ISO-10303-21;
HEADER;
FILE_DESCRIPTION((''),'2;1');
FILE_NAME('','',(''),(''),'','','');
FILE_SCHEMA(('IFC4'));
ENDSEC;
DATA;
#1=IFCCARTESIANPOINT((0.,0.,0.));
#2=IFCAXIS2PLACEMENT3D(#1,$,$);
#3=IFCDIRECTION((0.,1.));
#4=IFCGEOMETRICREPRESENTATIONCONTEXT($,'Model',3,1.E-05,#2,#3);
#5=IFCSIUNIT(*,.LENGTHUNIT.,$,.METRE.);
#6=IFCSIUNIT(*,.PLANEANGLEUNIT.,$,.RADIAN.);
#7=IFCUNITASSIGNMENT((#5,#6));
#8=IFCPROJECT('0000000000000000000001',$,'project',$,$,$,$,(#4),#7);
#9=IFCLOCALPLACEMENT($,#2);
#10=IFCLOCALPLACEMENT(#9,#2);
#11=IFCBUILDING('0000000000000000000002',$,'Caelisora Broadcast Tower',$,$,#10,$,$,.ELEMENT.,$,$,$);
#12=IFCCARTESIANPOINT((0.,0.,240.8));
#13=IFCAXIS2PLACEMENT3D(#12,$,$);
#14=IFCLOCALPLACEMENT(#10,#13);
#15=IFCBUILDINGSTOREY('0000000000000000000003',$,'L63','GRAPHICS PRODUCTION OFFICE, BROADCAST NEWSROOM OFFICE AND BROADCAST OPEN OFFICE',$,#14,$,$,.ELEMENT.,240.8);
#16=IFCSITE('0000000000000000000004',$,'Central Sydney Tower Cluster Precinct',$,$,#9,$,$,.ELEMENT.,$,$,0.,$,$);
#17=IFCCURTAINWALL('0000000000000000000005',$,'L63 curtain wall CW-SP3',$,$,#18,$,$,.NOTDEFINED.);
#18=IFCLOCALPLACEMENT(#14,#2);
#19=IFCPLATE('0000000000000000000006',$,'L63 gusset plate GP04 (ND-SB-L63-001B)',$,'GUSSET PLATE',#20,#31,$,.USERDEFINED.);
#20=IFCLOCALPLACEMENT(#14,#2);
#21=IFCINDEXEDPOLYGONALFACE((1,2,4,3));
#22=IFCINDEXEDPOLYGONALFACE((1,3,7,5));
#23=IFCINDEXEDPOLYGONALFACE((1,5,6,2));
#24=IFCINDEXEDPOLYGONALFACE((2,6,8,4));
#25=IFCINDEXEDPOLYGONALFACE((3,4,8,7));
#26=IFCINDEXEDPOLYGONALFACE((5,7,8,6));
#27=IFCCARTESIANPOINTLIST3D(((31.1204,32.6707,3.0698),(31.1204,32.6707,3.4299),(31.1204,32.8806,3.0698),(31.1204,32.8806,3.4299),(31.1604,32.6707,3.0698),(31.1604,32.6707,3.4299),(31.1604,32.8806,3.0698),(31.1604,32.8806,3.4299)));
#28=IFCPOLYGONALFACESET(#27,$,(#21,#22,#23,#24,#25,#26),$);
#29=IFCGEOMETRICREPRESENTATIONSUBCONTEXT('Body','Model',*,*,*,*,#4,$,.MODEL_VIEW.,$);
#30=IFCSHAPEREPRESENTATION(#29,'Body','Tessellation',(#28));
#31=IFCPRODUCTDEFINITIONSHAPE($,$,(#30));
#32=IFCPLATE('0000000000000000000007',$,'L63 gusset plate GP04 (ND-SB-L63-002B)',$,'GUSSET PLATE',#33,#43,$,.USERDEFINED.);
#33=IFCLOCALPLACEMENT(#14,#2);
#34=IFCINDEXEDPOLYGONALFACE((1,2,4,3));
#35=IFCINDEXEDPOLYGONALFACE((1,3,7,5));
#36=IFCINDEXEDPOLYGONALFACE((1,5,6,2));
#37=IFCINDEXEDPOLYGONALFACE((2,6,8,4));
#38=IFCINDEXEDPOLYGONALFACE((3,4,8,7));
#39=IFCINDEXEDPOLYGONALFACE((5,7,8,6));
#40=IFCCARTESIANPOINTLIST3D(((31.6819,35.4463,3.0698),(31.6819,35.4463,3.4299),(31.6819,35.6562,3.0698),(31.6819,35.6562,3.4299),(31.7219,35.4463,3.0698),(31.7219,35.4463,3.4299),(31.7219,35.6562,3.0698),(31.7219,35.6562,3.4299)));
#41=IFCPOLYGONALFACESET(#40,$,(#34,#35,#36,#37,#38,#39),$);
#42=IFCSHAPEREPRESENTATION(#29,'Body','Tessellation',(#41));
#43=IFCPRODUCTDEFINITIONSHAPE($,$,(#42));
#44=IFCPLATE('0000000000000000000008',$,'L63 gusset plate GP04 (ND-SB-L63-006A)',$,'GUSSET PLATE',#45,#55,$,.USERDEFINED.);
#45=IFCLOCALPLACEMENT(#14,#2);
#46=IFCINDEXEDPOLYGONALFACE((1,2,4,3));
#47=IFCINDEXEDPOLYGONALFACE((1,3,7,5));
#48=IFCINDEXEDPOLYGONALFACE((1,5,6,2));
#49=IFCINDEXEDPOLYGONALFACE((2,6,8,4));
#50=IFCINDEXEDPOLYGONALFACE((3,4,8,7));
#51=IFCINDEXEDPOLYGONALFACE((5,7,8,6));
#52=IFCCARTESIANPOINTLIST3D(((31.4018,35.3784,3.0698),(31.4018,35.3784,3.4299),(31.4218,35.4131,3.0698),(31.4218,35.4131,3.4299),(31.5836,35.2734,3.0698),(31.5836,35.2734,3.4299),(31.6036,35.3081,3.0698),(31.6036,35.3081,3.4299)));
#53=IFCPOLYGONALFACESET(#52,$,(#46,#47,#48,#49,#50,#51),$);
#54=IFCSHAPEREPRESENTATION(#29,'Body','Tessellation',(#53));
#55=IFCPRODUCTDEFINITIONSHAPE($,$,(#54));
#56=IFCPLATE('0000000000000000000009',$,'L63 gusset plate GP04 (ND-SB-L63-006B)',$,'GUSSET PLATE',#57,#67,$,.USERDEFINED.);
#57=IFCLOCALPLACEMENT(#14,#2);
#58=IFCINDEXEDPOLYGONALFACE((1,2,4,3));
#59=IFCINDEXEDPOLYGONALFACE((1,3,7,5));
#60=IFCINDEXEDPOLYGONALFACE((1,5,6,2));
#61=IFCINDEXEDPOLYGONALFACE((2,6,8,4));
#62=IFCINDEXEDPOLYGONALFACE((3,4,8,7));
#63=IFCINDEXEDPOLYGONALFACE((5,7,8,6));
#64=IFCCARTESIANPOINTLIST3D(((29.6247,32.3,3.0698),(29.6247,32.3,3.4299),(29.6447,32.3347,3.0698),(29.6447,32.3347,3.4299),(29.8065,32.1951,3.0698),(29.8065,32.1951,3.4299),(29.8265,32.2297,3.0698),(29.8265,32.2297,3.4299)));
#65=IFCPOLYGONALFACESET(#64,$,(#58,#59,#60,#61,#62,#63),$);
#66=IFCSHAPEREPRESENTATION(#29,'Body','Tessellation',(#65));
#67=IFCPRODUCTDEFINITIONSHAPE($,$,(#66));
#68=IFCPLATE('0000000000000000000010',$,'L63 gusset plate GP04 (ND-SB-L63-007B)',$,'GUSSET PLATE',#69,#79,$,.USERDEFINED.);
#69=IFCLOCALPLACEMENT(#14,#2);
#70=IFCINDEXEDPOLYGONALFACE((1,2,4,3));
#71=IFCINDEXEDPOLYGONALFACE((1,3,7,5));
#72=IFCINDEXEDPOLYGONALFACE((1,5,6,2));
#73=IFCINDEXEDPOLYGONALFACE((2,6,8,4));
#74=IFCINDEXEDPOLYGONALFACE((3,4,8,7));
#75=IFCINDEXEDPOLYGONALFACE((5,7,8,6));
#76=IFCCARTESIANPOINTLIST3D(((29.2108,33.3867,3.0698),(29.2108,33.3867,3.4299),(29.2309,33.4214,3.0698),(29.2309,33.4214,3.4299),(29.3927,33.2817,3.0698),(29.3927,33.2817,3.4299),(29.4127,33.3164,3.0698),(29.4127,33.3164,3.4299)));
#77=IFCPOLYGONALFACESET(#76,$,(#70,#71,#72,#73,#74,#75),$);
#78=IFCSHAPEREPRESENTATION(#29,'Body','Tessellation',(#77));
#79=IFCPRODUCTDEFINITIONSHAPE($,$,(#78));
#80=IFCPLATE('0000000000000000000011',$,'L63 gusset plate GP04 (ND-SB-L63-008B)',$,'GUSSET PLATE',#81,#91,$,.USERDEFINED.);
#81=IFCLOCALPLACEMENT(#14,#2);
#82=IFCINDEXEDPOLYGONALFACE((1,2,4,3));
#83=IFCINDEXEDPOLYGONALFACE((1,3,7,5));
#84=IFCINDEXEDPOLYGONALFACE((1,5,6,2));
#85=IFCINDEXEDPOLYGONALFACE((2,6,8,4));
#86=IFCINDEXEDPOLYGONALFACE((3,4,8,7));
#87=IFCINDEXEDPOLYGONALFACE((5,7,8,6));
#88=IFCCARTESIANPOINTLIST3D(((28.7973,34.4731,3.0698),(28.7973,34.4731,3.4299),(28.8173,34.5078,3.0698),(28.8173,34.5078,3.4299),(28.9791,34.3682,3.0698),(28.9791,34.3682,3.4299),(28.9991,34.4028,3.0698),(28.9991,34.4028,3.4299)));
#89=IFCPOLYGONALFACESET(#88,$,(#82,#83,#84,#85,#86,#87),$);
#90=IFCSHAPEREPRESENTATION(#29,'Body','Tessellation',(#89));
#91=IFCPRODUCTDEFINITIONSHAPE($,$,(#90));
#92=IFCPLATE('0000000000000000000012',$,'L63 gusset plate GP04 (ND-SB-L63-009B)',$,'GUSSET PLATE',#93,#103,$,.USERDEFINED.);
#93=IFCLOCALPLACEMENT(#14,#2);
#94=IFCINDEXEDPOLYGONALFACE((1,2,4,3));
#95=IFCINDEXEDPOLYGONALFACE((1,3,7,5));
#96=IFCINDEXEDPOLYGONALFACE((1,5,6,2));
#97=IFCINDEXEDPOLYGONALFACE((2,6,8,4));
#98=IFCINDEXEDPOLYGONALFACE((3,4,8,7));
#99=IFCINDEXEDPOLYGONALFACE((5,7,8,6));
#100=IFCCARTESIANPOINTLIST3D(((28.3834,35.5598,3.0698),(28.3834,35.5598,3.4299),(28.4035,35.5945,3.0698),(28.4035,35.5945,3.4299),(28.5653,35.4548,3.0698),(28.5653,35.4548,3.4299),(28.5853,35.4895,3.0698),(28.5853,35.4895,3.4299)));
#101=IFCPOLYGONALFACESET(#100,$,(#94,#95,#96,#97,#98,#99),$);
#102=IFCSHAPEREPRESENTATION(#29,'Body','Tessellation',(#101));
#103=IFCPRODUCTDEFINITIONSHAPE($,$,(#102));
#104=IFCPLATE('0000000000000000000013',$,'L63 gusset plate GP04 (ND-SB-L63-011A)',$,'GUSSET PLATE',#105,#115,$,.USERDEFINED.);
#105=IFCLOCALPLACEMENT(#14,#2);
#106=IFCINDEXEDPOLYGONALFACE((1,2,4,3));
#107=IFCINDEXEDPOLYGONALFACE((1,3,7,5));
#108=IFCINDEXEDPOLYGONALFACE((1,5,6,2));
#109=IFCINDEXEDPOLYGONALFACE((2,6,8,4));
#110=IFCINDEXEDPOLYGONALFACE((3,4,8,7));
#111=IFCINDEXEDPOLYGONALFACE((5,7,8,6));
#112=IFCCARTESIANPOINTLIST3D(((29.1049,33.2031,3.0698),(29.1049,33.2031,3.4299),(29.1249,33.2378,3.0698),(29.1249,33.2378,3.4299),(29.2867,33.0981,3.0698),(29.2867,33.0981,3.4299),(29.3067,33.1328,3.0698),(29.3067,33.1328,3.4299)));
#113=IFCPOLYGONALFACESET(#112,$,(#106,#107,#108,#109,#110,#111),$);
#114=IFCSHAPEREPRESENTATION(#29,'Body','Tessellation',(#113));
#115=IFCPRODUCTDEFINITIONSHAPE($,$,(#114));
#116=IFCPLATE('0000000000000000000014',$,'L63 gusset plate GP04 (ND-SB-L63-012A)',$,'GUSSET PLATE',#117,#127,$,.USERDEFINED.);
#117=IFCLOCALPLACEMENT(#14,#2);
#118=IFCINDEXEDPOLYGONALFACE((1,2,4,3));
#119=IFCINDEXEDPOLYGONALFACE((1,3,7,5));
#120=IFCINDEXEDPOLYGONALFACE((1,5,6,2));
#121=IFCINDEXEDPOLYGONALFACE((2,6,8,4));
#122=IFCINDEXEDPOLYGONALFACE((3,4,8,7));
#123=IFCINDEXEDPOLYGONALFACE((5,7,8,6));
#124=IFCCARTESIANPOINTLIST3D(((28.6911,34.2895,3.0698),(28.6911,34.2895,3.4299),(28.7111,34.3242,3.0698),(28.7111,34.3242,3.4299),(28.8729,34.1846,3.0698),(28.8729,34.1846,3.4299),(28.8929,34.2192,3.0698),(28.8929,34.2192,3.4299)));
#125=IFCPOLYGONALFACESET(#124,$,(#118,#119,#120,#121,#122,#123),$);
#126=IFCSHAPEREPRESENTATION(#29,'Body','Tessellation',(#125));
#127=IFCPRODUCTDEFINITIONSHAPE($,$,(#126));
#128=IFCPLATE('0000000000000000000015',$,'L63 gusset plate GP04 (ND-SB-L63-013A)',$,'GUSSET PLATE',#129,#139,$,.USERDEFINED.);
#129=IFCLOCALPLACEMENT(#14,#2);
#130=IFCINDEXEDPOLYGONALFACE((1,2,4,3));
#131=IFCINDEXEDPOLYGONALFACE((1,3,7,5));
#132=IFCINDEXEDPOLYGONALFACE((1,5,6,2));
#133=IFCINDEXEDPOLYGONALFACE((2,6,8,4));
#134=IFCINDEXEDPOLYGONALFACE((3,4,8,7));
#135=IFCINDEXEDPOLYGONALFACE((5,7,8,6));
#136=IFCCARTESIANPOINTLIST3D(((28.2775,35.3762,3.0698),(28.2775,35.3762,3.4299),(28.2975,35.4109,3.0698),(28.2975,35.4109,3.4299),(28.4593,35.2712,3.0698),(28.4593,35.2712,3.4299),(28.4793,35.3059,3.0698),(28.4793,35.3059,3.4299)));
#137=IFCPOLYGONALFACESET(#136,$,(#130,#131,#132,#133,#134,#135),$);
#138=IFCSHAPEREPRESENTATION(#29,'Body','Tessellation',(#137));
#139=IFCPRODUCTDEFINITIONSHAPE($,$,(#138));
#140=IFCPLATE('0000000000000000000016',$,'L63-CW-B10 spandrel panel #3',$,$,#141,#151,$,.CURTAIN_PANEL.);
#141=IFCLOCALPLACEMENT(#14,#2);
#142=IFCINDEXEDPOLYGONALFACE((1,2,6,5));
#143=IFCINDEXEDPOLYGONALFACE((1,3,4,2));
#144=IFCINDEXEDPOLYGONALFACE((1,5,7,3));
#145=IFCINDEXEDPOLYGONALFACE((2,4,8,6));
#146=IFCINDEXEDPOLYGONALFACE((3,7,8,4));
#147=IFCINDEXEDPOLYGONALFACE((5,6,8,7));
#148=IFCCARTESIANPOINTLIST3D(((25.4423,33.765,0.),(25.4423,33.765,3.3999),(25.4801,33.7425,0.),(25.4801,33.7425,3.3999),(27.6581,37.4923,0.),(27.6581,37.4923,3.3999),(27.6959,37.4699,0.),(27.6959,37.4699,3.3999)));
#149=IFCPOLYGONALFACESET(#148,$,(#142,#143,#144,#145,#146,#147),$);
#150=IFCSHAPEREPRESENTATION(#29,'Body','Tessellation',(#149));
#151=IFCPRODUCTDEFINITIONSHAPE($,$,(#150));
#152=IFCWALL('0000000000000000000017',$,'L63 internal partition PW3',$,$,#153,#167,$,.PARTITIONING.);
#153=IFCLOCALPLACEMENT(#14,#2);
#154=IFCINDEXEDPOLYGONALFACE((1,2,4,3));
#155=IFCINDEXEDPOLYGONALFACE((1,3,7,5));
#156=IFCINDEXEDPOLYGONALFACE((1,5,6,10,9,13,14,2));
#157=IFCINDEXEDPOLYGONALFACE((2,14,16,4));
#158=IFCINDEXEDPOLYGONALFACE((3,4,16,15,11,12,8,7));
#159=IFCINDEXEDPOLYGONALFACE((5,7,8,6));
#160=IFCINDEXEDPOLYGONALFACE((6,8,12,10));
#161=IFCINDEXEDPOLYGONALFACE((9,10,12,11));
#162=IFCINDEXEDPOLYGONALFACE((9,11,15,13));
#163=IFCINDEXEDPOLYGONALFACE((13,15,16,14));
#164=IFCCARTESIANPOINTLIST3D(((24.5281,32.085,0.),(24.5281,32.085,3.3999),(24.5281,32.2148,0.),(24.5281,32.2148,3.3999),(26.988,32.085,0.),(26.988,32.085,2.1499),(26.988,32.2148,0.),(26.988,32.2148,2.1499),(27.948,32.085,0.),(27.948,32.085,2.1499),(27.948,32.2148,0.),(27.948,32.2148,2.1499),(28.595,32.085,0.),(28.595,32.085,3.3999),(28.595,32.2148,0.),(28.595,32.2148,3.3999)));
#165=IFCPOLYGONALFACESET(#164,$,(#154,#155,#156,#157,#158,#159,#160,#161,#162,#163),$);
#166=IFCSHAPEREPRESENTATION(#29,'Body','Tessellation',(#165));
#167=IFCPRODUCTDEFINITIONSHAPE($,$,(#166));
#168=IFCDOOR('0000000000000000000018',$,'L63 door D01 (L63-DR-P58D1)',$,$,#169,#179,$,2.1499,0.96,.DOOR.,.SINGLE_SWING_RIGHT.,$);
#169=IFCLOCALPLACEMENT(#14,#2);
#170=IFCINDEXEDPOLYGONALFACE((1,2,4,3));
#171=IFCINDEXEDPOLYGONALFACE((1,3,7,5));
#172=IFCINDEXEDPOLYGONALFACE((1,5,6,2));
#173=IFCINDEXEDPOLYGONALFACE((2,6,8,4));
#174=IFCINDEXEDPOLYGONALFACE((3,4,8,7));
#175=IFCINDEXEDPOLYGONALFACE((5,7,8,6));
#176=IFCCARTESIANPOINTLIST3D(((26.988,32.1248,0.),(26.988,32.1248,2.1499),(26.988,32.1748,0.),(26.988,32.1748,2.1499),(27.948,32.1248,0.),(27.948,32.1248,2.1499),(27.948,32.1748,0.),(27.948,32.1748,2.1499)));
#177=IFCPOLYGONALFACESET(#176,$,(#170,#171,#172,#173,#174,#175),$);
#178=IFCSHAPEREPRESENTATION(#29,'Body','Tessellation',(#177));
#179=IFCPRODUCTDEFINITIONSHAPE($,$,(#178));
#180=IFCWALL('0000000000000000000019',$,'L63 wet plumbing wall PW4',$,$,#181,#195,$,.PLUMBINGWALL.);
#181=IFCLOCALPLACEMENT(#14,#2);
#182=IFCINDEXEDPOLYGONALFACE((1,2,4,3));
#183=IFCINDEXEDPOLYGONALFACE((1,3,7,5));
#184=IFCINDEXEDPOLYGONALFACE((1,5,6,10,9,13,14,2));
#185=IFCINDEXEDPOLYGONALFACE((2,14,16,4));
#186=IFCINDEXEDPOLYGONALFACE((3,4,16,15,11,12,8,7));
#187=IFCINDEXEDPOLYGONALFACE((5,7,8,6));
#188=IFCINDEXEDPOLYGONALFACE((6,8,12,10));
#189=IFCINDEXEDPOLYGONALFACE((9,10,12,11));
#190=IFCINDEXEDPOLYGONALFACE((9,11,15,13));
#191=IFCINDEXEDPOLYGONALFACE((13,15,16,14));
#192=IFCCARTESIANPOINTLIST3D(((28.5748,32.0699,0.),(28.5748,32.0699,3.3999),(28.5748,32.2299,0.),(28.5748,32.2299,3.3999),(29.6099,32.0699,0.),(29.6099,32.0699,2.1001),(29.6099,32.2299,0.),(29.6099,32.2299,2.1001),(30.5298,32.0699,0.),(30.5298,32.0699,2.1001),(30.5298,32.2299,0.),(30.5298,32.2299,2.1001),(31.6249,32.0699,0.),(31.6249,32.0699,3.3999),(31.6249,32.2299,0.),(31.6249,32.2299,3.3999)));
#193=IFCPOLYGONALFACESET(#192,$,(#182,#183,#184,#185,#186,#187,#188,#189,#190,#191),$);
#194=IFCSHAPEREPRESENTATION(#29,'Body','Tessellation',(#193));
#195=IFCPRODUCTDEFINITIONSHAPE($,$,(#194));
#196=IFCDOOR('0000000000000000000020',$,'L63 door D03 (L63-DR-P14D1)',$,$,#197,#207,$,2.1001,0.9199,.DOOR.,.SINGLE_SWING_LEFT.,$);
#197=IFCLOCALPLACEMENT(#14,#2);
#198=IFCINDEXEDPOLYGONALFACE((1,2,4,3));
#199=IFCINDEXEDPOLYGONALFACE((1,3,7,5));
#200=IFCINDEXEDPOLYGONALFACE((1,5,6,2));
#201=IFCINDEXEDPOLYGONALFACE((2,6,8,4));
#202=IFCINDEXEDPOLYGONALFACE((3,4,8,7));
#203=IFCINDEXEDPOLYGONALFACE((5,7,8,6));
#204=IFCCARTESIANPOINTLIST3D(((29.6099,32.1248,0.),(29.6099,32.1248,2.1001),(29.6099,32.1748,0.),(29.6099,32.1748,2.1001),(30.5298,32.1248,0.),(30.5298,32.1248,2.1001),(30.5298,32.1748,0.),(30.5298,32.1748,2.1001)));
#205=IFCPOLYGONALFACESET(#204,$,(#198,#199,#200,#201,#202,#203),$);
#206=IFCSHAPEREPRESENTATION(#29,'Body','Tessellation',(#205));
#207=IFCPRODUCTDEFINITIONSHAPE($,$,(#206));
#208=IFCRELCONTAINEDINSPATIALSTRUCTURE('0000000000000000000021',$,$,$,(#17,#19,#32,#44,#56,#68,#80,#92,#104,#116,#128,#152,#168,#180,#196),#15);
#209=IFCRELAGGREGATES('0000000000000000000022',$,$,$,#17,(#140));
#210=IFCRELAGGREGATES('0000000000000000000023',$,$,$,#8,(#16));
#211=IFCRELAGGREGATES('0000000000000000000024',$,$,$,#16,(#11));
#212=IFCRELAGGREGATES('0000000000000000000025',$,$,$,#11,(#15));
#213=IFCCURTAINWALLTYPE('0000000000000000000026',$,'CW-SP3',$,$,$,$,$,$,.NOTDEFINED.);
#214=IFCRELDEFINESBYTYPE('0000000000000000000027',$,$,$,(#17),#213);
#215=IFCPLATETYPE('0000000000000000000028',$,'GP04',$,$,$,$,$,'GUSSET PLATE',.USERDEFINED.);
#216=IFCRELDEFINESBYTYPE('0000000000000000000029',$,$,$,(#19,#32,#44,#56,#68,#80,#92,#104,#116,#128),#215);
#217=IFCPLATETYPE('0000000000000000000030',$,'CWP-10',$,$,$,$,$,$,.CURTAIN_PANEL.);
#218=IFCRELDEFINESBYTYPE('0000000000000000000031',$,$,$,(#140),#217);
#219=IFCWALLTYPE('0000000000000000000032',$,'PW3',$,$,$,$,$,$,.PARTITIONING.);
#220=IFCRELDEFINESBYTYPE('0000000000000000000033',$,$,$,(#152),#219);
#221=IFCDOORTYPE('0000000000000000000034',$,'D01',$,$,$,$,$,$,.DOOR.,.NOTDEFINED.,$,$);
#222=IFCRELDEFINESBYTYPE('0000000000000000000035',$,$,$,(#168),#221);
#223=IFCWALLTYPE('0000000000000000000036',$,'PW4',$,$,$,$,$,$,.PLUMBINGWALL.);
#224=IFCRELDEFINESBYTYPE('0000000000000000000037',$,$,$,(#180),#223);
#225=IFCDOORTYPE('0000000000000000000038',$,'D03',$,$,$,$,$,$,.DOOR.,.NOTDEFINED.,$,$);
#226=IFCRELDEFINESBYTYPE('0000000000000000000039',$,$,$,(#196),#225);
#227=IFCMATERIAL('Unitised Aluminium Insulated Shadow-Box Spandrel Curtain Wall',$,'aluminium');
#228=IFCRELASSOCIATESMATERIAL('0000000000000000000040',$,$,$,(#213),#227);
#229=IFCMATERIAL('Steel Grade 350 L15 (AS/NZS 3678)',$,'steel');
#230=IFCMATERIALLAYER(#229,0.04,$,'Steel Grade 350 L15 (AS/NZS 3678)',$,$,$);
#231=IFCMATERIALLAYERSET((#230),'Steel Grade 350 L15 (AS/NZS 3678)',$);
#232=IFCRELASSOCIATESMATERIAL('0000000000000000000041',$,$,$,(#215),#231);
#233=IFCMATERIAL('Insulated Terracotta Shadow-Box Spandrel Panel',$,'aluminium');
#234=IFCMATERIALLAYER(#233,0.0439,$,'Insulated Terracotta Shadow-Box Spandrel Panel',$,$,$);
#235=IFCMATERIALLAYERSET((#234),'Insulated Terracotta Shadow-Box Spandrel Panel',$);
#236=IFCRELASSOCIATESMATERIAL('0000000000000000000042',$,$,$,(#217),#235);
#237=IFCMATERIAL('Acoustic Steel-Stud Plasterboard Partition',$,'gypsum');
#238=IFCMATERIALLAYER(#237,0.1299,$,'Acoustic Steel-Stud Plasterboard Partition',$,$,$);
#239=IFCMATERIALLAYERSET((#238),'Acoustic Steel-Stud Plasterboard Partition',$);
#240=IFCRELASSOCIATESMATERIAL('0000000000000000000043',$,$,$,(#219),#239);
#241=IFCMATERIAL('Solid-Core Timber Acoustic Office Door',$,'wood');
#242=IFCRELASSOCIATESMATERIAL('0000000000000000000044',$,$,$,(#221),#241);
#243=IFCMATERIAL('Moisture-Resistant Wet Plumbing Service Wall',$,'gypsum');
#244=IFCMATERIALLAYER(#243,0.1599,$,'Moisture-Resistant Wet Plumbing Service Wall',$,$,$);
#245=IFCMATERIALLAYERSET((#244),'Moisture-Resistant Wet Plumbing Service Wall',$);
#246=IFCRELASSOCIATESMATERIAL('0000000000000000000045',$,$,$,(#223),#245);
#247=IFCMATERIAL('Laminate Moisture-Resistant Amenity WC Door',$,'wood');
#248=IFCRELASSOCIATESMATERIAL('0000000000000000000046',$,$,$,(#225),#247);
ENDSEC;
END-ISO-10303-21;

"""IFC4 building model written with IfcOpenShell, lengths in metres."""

from ifc_helpers import new_model, si_unit, direction, frame, frame_2d, origin, origin_2d, place, context, subcontext, project, spatial, rectangle, extrude, source, transform, mapped, material, layer, layer_set, type_object, type_shapes, element, fill, aggregate, save


model = new_model("IFC4")

# Units and contexts
model_context = context("Model", 3, precision=1e-05, world=origin(), true_north=direction((0.0, 1.0)))
body_context = subcontext(model_context, "Body", "Model", "MODEL_VIEW")
ifc_project = project(units=[si_unit("LENGTHUNIT", "METRE"), si_unit("PLANEANGLEUNIT", "RADIAN")], contexts=[model_context])

# Site, building, storey
site_placement = place(None, origin())
site = spatial("IfcSite", under=ifc_project, at=site_placement, Name="Central Sydney Tower Cluster Precinct", CompositionType="ELEMENT", RefElevation=0.0)
building_placement = place(site_placement, origin())
building = spatial("IfcBuilding", under=site, at=building_placement, Name="Caelisora Broadcast Tower", CompositionType="ELEMENT")
storey_placement = place(building_placement, frame((0.0, 0.0, 240.8)))
storey = spatial("IfcBuildingStorey", under=building, at=storey_placement, Name="L63", Description="GRAPHICS PRODUCTION OFFICE, BROADCAST NEWSROOM OFFICE AND BROADCAST OPEN OFFICE", CompositionType="ELEMENT", Elevation=240.8)

# Shared definitions
ifc_material_1 = material(Name="Steel Grade 350 L15 (AS/NZS 3678)", Category="steel")

# Curtain wall
ifc_material_2 = material(Name="Unitised Aluminium Insulated Shadow-Box Spandrel Curtain Wall", Category="aluminium")
curtain_wall_type = type_object("IfcCurtainWallType", Name="CW-SP3", PredefinedType="NOTDEFINED", material=ifc_material_2)
curtain_wall_placement = place(storey_placement, origin())
curtain_wall = element("IfcCurtainWall", 1, at=curtain_wall_placement, inside=storey, type_object=curtain_wall_type, Name="L63 curtain wall CW-SP3", PredefinedType="NOTDEFINED")

# Plates
ifc_layer_1 = layer(ifc_material_1, 0.04, Name="Steel Grade 350 L15 (AS/NZS 3678)")
ifc_layer_set_1 = layer_set([ifc_layer_1], Name="Steel Grade 350 L15 (AS/NZS 3678)")
plate_type_1 = type_object("IfcPlateType", Name="GP04", ElementType="GUSSET PLATE", PredefinedType="USERDEFINED", material=ifc_layer_set_1)
shared_shape_1 = source(origin(), body_context, "Body", "SweptSolid", [
    extrude(rectangle(XDim=0.21, YDim=0.04, at=origin_2d()), origin(), (0.0, 0.0, 1.0), 0.3601),
])
for number, where, z_axis, x_axis, name in (
    (2, (31.1404, 32.7756, 3.0698), (0.0, 0.0, 1.0), (0.0, -1.0, 0.0), "L63 gusset plate GP04 (ND-SB-L63-001B)"),
    (3, (31.7019, 35.5513, 3.0698), (0.0, 0.0, 1.0), (0.0, -1.0, 0.0), "L63 gusset plate GP04 (ND-SB-L63-002B)"),
    (4, (31.5027, 35.3433, 3.0698), (0.0, 0.0, 1.0), (0.866025, -0.5, 0.0), "L63 gusset plate GP04 (ND-SB-L63-006A)"),
    (5, (29.7256, 32.2649, 3.0698), (0.0, 0.0, 1.0), (0.866025, -0.5, 0.0), "L63 gusset plate GP04 (ND-SB-L63-006B)"),
    (6, (29.3118, 33.3516, 3.0698), (0.0, 0.0, 1.0), (0.866025, -0.5, 0.0), "L63 gusset plate GP04 (ND-SB-L63-007B)"),
    (7, (28.8982, 34.438, 3.0698), (0.0, 0.0, 1.0), (0.866025, -0.5, 0.0), "L63 gusset plate GP04 (ND-SB-L63-008B)"),
    (8, (28.4844, 35.5247, 3.0698), (0.0, 0.0, 1.0), (0.866025, -0.5, 0.0), "L63 gusset plate GP04 (ND-SB-L63-009B)"),
    (9, (29.2058, 33.168, 3.0698), (0.0, 0.0, 1.0), (0.866025, -0.5, 0.0), "L63 gusset plate GP04 (ND-SB-L63-011A)"),
    (10, (28.792, 34.2544, 3.0698), (0.0, 0.0, 1.0), (0.866025, -0.5, 0.0), "L63 gusset plate GP04 (ND-SB-L63-012A)"),
    (11, (28.3784, 35.3411, 3.0698), (0.0, 0.0, 1.0), (0.866025, -0.5, 0.0), "L63 gusset plate GP04 (ND-SB-L63-013A)"),
):
    element("IfcPlate", number, at=place(storey_placement, frame(where, z_axis=z_axis, x_axis=x_axis)), inside=storey, type_object=plate_type_1, Name=name, ObjectType="GUSSET PLATE", PredefinedType="USERDEFINED", context=body_context, shape_type="MappedRepresentation", body=[
        mapped(shared_shape_1, transform((0.0, 0.0, 0.0), scale=1.0)),
    ])

# Plate
ifc_material_3 = material(Name="Insulated Terracotta Shadow-Box Spandrel Panel", Category="aluminium")
ifc_layer_2 = layer(ifc_material_3, 0.0439, Name="Insulated Terracotta Shadow-Box Spandrel Panel")
ifc_layer_set_2 = layer_set([ifc_layer_2], Name="Insulated Terracotta Shadow-Box Spandrel Panel")
plate_type_2 = type_object("IfcPlateType", Name="CWP-10", PredefinedType="CURTAIN_PANEL", material=ifc_layer_set_2)
shared_shape_2 = source(origin(), body_context, "Body", "SweptSolid", [
    extrude(rectangle(XDim=4.3362, YDim=0.0439, at=origin_2d()), origin(), (0.0, 0.0, 1.0), 3.3999),
])
type_shapes(plate_type_2, [shared_shape_2])
plate_1_placement = place(storey_placement, frame((26.5691, 35.6174, 0.0), z_axis=(0.0, 0.0, 1.0), x_axis=(0.510993, 0.859585, 0.0)))
plate_1 = element("IfcPlate", 12, at=plate_1_placement, type_object=plate_type_2, Name="L63-CW-B10 spandrel panel #3", PredefinedType="CURTAIN_PANEL", context=body_context, shape_type="MappedRepresentation", body=[
    mapped(shared_shape_2, transform((0.0, 0.0, 0.0), scale=1.0)),
])
aggregate(curtain_wall, [plate_1])

# Walls, openings, doors
ifc_material_4 = material(Name="Acoustic Steel-Stud Plasterboard Partition", Category="gypsum")
ifc_layer_3 = layer(ifc_material_4, 0.1299, Name="Acoustic Steel-Stud Plasterboard Partition")
ifc_layer_set_3 = layer_set([ifc_layer_3], Name="Acoustic Steel-Stud Plasterboard Partition")
wall_type_1 = type_object("IfcWallType", Name="PW3", PredefinedType="PARTITIONING", material=ifc_layer_set_3)
wall_1_placement = place(storey_placement, frame((24.5281, 32.1499, 0.0), z_axis=(0.0, 0.0, 1.0), x_axis=(1.0, 0.0, 0.0)))
wall_1 = element("IfcWall", 13, at=wall_1_placement, inside=storey, type_object=wall_type_1, Name="L63 internal partition PW3", PredefinedType="PARTITIONING", context=body_context, shape_type="SweptSolid", body=[
    extrude(rectangle(XDim=4.0669, YDim=0.1299, at=frame_2d((2.0334, 0.0))), origin(), (0.0, 0.0, 1.0), 3.3999),
])
opening_1_placement = place(wall_1_placement, frame((2.46, 0.0, 0.0)))
opening_1 = element("IfcOpeningElement", 14, at=opening_1_placement, cuts=wall_1, PredefinedType="OPENING", context=body_context, shape_type="SweptSolid", body=[
    extrude(rectangle(XDim=0.96, YDim=2.1499, at=frame_2d((0.48, 1.075))), frame((0.0, 0.0769, 0.0), z_axis=(0.0, -1.0, 0.0), x_axis=(1.0, 0.0, 0.0)), (0.0, 0.0, 1.0), 0.1538),
])
ifc_material_5 = material(Name="Solid-Core Timber Acoustic Office Door", Category="wood")
door_type_1 = type_object("IfcDoorType", Name="D01", OperationType="NOTDEFINED", PredefinedType="DOOR", material=ifc_material_5)
door_1_placement = place(opening_1_placement, origin())
door_1 = element("IfcDoor", 15, at=door_1_placement, inside=storey, type_object=door_type_1, Name="L63 door D01 (L63-DR-P58D1)", OperationType="SINGLE_SWING_RIGHT", OverallHeight=2.1499, OverallWidth=0.96, PredefinedType="DOOR", context=body_context, shape_type="SweptSolid", body=[
    extrude(rectangle(XDim=0.96, YDim=2.1499, at=frame_2d((0.48, 1.075))), frame((0.0, 0.0249, 0.0), z_axis=(0.0, -1.0, 0.0), x_axis=(1.0, 0.0, 0.0)), (0.0, 0.0, 1.0), 0.05),
])
fill(opening_1, door_1)
ifc_material_6 = material(Name="Moisture-Resistant Wet Plumbing Service Wall", Category="gypsum")
ifc_layer_4 = layer(ifc_material_6, 0.1599, Name="Moisture-Resistant Wet Plumbing Service Wall")
ifc_layer_set_4 = layer_set([ifc_layer_4], Name="Moisture-Resistant Wet Plumbing Service Wall")
wall_type_2 = type_object("IfcWallType", Name="PW4", PredefinedType="PLUMBINGWALL", material=ifc_layer_set_4)
wall_2_placement = place(storey_placement, frame((28.575, 32.1499, 0.0), z_axis=(0.0, 0.0, 1.0), x_axis=(1.0, 0.0, 0.0)))
wall_2 = element("IfcWall", 16, at=wall_2_placement, inside=storey, type_object=wall_type_2, Name="L63 wet plumbing wall PW4", PredefinedType="PLUMBINGWALL", context=body_context, shape_type="SweptSolid", body=[
    extrude(rectangle(XDim=3.05, YDim=0.1599, at=frame_2d((1.5249, 0.0))), origin(), (0.0, 0.0, 1.0), 3.3999),
])
opening_2_placement = place(wall_2_placement, frame((1.0349, 0.0, 0.0)))
opening_2 = element("IfcOpeningElement", 17, at=opening_2_placement, cuts=wall_2, PredefinedType="OPENING", context=body_context, shape_type="SweptSolid", body=[
    extrude(rectangle(XDim=0.9199, YDim=2.1001, at=frame_2d((0.46, 1.05))), frame((0.0, 0.092, 0.0), z_axis=(0.0, -1.0, 0.0), x_axis=(1.0, 0.0, 0.0)), (0.0, 0.0, 1.0), 0.1838),
])
ifc_material_7 = material(Name="Laminate Moisture-Resistant Amenity WC Door", Category="wood")
door_type_2 = type_object("IfcDoorType", Name="D03", OperationType="NOTDEFINED", PredefinedType="DOOR", material=ifc_material_7)
door_2_placement = place(opening_2_placement, origin())
door_2 = element("IfcDoor", 18, at=door_2_placement, inside=storey, type_object=door_type_2, Name="L63 door D03 (L63-DR-P14D1)", OperationType="SINGLE_SWING_LEFT", OverallHeight=2.1001, OverallWidth=0.9199, PredefinedType="DOOR", context=body_context, shape_type="SweptSolid", body=[
    extrude(rectangle(XDim=0.9199, YDim=2.1001, at=frame_2d((0.46, 1.05))), frame((0.0, 0.0249, 0.0), z_axis=(0.0, -1.0, 0.0), x_axis=(1.0, 0.0, 0.0)), (0.0, 0.0, 1.0), 0.05),
])
fill(opening_2, door_2)

save(model, "model.ifc")
